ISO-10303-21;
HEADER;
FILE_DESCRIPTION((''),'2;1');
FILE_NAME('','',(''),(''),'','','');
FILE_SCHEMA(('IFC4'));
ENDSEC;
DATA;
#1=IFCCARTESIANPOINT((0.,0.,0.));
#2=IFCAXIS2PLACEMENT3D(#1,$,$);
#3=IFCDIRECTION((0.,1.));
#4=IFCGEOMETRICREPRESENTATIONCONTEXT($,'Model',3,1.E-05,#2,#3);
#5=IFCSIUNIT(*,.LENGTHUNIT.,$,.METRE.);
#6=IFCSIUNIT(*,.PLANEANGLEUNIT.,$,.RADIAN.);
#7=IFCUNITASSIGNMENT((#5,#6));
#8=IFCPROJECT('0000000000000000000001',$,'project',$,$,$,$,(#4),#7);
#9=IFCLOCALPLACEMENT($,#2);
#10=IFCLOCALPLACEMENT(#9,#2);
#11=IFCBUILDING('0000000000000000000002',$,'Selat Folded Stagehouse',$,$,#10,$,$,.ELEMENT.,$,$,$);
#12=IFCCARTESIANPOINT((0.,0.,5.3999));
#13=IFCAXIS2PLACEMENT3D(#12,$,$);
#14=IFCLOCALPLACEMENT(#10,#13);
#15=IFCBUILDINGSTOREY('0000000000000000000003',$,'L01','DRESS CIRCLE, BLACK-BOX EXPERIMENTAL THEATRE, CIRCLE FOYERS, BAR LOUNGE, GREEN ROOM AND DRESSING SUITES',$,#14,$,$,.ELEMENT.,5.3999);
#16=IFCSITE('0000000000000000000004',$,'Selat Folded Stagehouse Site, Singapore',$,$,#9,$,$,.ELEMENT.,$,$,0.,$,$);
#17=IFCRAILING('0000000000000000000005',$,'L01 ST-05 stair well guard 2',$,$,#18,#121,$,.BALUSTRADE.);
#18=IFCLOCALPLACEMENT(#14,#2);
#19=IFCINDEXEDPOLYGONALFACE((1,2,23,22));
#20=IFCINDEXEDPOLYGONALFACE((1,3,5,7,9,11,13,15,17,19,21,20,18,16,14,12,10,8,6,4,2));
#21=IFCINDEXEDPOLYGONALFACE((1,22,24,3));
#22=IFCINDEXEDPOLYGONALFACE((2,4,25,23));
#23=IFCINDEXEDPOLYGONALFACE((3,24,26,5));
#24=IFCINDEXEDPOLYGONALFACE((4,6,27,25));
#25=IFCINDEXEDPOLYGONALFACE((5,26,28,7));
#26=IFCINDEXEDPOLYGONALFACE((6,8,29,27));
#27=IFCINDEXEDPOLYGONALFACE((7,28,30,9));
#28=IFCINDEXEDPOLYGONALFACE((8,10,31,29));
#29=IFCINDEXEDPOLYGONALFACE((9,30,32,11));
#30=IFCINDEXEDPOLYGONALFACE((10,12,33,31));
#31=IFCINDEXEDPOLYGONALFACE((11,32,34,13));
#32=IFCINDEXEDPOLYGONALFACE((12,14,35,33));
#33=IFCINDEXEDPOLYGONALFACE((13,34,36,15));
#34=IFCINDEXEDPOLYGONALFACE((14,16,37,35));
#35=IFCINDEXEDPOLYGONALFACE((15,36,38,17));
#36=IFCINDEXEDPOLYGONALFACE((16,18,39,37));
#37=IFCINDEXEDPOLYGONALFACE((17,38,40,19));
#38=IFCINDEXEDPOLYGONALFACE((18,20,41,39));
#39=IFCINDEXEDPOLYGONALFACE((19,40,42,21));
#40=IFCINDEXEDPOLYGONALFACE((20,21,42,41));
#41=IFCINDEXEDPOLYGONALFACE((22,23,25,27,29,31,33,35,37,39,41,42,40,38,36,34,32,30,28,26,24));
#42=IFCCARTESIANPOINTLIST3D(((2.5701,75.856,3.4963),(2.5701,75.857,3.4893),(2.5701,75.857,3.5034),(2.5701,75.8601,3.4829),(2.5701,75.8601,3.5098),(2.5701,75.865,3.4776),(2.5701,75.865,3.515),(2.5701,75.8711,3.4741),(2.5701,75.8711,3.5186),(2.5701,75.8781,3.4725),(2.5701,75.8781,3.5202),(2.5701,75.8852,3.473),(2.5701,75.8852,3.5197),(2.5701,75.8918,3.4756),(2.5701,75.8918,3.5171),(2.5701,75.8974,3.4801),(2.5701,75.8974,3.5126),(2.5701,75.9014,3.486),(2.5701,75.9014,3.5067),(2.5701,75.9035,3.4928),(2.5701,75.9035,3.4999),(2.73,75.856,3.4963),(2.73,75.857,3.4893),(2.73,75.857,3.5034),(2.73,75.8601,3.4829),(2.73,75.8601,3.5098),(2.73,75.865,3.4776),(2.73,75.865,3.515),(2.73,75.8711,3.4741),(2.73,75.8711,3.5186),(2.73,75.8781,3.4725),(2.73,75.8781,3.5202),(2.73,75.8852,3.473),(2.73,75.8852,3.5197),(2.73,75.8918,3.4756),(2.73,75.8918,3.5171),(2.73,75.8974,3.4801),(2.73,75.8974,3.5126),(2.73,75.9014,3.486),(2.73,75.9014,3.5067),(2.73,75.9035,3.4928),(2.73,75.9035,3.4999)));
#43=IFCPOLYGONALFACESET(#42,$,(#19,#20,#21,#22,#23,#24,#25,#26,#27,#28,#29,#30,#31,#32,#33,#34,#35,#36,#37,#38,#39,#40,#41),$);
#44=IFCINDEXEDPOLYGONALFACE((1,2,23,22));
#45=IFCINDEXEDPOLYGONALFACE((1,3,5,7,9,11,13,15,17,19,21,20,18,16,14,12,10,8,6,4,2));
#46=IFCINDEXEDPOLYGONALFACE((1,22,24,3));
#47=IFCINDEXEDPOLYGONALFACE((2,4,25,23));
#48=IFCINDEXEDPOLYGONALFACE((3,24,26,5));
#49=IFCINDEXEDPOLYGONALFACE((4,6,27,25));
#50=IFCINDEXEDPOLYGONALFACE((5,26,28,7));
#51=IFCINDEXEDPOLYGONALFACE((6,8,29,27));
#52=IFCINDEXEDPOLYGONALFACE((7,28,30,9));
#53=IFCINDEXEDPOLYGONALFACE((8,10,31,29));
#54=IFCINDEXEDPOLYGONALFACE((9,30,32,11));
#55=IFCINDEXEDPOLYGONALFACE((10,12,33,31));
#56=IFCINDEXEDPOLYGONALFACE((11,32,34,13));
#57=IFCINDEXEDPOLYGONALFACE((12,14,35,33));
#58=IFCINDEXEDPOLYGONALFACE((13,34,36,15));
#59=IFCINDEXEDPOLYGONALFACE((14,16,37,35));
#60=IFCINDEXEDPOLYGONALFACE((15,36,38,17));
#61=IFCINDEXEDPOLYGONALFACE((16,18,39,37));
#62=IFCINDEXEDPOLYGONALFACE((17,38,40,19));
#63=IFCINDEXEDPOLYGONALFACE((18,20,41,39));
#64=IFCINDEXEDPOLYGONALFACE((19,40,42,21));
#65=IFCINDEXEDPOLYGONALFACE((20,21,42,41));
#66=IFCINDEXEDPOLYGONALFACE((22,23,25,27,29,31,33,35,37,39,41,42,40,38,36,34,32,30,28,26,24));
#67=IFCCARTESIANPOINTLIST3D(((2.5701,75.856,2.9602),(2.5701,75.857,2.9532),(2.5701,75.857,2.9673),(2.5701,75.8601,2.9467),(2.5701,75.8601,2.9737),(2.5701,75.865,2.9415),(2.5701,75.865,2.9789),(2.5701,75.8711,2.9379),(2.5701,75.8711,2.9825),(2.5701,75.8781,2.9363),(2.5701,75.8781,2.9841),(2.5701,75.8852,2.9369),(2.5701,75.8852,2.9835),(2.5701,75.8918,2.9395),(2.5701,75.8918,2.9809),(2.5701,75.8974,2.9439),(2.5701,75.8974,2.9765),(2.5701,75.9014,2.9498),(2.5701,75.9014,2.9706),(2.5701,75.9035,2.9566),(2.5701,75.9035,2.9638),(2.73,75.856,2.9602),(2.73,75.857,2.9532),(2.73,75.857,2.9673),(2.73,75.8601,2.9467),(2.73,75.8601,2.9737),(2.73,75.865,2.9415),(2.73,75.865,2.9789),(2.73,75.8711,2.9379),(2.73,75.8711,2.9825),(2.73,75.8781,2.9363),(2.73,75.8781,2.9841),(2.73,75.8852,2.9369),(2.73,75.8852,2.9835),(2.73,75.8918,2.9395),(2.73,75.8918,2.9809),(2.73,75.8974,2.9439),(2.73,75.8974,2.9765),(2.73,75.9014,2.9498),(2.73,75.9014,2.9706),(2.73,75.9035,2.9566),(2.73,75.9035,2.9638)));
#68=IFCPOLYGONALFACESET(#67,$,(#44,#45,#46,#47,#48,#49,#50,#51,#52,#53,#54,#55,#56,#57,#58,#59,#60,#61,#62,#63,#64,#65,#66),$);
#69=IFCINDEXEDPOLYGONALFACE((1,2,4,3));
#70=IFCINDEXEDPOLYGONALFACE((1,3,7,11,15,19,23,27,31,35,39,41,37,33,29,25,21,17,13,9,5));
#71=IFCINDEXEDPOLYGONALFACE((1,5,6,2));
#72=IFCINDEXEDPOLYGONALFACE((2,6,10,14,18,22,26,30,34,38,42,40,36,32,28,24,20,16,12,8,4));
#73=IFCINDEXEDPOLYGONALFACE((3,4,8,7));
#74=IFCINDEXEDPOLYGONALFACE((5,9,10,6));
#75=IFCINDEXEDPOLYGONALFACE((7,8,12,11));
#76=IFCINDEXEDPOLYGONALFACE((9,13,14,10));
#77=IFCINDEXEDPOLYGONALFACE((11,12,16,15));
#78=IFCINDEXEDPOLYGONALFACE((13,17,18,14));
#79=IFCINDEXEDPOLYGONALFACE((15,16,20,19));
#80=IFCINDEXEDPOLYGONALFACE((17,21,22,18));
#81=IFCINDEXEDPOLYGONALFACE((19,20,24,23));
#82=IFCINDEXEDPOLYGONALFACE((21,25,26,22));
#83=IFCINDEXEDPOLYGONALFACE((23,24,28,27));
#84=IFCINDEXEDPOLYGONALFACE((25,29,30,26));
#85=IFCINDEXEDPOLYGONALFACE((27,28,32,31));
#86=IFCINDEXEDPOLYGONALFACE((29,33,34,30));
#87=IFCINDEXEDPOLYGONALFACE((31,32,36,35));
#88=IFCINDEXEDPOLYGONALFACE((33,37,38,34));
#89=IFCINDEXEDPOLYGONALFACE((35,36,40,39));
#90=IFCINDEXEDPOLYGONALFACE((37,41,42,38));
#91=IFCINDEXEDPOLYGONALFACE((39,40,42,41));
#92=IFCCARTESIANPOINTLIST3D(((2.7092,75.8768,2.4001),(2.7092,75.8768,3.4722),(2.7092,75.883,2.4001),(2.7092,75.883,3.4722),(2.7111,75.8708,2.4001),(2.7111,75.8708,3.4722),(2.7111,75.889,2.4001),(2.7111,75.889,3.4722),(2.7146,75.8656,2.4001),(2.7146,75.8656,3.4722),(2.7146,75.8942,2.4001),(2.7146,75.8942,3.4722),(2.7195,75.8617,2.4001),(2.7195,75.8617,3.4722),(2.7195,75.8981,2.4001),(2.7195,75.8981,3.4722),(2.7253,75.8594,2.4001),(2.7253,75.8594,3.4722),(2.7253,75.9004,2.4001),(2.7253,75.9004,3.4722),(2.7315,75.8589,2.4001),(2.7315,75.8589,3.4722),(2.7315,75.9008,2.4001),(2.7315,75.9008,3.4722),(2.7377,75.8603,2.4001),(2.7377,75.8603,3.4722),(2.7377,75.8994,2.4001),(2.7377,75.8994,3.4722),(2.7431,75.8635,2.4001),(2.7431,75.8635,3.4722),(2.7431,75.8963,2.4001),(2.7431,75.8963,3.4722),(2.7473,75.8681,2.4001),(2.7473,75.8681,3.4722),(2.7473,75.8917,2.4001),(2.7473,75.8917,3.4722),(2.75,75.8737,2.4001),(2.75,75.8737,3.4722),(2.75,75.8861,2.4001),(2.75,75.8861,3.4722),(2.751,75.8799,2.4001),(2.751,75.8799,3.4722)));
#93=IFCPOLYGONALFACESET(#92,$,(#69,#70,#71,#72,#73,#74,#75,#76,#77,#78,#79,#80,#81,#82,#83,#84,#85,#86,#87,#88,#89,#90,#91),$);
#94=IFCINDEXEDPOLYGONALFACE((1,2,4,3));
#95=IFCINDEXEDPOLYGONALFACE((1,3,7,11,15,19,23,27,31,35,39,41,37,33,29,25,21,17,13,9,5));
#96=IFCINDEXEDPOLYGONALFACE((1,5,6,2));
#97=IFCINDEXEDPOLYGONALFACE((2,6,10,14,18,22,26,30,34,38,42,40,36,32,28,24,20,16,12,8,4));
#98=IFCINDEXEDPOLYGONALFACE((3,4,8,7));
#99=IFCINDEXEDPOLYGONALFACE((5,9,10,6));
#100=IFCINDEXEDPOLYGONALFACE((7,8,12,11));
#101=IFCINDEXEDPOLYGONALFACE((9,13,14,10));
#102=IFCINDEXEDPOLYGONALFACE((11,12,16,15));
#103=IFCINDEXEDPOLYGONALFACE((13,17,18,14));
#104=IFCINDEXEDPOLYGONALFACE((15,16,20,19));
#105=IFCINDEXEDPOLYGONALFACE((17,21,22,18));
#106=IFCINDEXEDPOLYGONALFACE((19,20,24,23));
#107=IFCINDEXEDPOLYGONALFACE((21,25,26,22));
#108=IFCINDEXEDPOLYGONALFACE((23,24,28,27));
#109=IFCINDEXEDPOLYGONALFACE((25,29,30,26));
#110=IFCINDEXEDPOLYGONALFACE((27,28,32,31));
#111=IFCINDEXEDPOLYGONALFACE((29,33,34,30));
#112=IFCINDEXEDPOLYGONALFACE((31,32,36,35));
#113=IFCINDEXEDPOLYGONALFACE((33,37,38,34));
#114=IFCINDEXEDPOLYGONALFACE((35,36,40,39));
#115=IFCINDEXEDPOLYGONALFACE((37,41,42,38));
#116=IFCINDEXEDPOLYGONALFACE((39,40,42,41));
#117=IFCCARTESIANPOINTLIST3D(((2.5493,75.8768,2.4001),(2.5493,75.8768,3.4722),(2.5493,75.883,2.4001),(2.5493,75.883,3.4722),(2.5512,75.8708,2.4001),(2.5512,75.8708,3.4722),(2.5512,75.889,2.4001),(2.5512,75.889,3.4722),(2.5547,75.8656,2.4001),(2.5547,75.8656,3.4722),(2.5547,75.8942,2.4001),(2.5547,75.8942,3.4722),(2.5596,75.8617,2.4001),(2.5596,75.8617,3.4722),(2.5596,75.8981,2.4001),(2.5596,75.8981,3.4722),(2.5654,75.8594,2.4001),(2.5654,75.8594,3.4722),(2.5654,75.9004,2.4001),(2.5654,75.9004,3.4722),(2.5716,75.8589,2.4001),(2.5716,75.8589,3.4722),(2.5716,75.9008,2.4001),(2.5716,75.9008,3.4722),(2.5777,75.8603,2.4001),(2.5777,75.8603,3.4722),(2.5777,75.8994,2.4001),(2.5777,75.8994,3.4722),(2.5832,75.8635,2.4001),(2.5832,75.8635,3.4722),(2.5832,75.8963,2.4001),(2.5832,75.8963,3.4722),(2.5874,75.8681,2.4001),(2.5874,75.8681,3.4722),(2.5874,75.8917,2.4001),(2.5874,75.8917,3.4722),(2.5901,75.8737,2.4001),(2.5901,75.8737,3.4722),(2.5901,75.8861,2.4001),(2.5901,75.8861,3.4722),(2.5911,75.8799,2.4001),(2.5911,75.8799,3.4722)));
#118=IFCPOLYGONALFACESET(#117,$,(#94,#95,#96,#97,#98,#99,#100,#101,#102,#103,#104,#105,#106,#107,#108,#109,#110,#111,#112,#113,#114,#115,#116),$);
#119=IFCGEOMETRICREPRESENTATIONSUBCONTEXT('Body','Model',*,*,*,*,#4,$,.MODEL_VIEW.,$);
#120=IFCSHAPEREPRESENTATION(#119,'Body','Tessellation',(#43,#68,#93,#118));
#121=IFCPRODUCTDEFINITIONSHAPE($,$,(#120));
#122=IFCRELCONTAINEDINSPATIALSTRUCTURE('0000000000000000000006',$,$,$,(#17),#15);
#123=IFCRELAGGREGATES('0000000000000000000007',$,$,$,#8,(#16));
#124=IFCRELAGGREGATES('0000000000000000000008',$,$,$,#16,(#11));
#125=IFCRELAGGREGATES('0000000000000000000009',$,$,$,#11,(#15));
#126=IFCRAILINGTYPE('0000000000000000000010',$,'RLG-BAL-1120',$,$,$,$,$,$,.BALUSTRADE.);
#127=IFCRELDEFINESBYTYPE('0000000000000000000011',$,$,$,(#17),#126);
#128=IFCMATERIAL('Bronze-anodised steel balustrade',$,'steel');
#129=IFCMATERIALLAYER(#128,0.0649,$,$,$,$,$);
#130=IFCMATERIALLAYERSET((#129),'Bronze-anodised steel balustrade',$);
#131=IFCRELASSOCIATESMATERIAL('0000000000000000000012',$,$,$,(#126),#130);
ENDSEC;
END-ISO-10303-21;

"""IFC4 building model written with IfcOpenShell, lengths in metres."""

from ifc_helpers import new_model, si_unit, direction, frame, origin, origin_2d, place, context, subcontext, project, spatial, circle, extrude, material, layer, layer_set, type_object, element, save


model = new_model("IFC4")

# Units and contexts
model_context = context("Model", 3, precision=1e-05, world=origin(), true_north=direction((0.0, 1.0)))
body_context = subcontext(model_context, "Body", "Model", "MODEL_VIEW")
ifc_project = project(units=[si_unit("LENGTHUNIT", "METRE"), si_unit("PLANEANGLEUNIT", "RADIAN")], contexts=[model_context])

# Site, building, storey
site_placement = place(None, origin())
site = spatial("IfcSite", under=ifc_project, at=site_placement, Name="Selat Folded Stagehouse Site, Singapore", CompositionType="ELEMENT", RefElevation=0.0)
building_placement = place(site_placement, origin())
building = spatial("IfcBuilding", under=site, at=building_placement, Name="Selat Folded Stagehouse", CompositionType="ELEMENT")
storey_placement = place(building_placement, frame((0.0, 0.0, 5.3999)))
storey = spatial("IfcBuildingStorey", under=building, at=storey_placement, Name="L01", Description="DRESS CIRCLE, BLACK-BOX EXPERIMENTAL THEATRE, CIRCLE FOYERS, BAR LOUNGE, GREEN ROOM AND DRESSING SUITES", CompositionType="ELEMENT", Elevation=5.3999)

# Railing
ifc_material_1 = material(Name="Bronze-anodised steel balustrade", Category="steel")
ifc_layer_1 = layer(ifc_material_1, 0.0649)
ifc_layer_set_1 = layer_set([ifc_layer_1], Name="Bronze-anodised steel balustrade")
railing_type_1 = type_object("IfcRailingType", Name="RLG-BAL-1120", PredefinedType="BALUSTRADE", material=ifc_layer_set_1)
railing_1_placement = place(storey_placement, frame((2.73, 75.8799, 2.4001)))
element("IfcRailing", 1, at=railing_1_placement, inside=storey, type_object=railing_type_1, Name="L01 ST-05 stair well guard 2", PredefinedType="BALUSTRADE", context=body_context, shape_type="SweptSolid", body=[
    extrude(circle(Radius=0.0239, at=origin_2d()), frame((0.0, 0.0, 1.0962), z_axis=(-1.0, 0.0, 0.0), x_axis=(0.0, -1.0, 0.0)), (0.0, 0.0, 1.0), 0.1599),
    extrude(circle(Radius=0.0239, at=origin_2d()), frame((0.0, 0.0, 0.5601), z_axis=(-1.0, 0.0, 0.0), x_axis=(0.0, -1.0, 0.0)), (0.0, 0.0, 1.0), 0.1599),
    extrude(circle(Radius=0.021, at=origin_2d()), origin(), (0.0, 0.0, 1.0), 1.072),
    extrude(circle(Radius=0.021, at=origin_2d()), frame((-0.1599, 0.0, 0.0)), (0.0, 0.0, 1.0), 1.072),
])

save(model, "model.ifc")
